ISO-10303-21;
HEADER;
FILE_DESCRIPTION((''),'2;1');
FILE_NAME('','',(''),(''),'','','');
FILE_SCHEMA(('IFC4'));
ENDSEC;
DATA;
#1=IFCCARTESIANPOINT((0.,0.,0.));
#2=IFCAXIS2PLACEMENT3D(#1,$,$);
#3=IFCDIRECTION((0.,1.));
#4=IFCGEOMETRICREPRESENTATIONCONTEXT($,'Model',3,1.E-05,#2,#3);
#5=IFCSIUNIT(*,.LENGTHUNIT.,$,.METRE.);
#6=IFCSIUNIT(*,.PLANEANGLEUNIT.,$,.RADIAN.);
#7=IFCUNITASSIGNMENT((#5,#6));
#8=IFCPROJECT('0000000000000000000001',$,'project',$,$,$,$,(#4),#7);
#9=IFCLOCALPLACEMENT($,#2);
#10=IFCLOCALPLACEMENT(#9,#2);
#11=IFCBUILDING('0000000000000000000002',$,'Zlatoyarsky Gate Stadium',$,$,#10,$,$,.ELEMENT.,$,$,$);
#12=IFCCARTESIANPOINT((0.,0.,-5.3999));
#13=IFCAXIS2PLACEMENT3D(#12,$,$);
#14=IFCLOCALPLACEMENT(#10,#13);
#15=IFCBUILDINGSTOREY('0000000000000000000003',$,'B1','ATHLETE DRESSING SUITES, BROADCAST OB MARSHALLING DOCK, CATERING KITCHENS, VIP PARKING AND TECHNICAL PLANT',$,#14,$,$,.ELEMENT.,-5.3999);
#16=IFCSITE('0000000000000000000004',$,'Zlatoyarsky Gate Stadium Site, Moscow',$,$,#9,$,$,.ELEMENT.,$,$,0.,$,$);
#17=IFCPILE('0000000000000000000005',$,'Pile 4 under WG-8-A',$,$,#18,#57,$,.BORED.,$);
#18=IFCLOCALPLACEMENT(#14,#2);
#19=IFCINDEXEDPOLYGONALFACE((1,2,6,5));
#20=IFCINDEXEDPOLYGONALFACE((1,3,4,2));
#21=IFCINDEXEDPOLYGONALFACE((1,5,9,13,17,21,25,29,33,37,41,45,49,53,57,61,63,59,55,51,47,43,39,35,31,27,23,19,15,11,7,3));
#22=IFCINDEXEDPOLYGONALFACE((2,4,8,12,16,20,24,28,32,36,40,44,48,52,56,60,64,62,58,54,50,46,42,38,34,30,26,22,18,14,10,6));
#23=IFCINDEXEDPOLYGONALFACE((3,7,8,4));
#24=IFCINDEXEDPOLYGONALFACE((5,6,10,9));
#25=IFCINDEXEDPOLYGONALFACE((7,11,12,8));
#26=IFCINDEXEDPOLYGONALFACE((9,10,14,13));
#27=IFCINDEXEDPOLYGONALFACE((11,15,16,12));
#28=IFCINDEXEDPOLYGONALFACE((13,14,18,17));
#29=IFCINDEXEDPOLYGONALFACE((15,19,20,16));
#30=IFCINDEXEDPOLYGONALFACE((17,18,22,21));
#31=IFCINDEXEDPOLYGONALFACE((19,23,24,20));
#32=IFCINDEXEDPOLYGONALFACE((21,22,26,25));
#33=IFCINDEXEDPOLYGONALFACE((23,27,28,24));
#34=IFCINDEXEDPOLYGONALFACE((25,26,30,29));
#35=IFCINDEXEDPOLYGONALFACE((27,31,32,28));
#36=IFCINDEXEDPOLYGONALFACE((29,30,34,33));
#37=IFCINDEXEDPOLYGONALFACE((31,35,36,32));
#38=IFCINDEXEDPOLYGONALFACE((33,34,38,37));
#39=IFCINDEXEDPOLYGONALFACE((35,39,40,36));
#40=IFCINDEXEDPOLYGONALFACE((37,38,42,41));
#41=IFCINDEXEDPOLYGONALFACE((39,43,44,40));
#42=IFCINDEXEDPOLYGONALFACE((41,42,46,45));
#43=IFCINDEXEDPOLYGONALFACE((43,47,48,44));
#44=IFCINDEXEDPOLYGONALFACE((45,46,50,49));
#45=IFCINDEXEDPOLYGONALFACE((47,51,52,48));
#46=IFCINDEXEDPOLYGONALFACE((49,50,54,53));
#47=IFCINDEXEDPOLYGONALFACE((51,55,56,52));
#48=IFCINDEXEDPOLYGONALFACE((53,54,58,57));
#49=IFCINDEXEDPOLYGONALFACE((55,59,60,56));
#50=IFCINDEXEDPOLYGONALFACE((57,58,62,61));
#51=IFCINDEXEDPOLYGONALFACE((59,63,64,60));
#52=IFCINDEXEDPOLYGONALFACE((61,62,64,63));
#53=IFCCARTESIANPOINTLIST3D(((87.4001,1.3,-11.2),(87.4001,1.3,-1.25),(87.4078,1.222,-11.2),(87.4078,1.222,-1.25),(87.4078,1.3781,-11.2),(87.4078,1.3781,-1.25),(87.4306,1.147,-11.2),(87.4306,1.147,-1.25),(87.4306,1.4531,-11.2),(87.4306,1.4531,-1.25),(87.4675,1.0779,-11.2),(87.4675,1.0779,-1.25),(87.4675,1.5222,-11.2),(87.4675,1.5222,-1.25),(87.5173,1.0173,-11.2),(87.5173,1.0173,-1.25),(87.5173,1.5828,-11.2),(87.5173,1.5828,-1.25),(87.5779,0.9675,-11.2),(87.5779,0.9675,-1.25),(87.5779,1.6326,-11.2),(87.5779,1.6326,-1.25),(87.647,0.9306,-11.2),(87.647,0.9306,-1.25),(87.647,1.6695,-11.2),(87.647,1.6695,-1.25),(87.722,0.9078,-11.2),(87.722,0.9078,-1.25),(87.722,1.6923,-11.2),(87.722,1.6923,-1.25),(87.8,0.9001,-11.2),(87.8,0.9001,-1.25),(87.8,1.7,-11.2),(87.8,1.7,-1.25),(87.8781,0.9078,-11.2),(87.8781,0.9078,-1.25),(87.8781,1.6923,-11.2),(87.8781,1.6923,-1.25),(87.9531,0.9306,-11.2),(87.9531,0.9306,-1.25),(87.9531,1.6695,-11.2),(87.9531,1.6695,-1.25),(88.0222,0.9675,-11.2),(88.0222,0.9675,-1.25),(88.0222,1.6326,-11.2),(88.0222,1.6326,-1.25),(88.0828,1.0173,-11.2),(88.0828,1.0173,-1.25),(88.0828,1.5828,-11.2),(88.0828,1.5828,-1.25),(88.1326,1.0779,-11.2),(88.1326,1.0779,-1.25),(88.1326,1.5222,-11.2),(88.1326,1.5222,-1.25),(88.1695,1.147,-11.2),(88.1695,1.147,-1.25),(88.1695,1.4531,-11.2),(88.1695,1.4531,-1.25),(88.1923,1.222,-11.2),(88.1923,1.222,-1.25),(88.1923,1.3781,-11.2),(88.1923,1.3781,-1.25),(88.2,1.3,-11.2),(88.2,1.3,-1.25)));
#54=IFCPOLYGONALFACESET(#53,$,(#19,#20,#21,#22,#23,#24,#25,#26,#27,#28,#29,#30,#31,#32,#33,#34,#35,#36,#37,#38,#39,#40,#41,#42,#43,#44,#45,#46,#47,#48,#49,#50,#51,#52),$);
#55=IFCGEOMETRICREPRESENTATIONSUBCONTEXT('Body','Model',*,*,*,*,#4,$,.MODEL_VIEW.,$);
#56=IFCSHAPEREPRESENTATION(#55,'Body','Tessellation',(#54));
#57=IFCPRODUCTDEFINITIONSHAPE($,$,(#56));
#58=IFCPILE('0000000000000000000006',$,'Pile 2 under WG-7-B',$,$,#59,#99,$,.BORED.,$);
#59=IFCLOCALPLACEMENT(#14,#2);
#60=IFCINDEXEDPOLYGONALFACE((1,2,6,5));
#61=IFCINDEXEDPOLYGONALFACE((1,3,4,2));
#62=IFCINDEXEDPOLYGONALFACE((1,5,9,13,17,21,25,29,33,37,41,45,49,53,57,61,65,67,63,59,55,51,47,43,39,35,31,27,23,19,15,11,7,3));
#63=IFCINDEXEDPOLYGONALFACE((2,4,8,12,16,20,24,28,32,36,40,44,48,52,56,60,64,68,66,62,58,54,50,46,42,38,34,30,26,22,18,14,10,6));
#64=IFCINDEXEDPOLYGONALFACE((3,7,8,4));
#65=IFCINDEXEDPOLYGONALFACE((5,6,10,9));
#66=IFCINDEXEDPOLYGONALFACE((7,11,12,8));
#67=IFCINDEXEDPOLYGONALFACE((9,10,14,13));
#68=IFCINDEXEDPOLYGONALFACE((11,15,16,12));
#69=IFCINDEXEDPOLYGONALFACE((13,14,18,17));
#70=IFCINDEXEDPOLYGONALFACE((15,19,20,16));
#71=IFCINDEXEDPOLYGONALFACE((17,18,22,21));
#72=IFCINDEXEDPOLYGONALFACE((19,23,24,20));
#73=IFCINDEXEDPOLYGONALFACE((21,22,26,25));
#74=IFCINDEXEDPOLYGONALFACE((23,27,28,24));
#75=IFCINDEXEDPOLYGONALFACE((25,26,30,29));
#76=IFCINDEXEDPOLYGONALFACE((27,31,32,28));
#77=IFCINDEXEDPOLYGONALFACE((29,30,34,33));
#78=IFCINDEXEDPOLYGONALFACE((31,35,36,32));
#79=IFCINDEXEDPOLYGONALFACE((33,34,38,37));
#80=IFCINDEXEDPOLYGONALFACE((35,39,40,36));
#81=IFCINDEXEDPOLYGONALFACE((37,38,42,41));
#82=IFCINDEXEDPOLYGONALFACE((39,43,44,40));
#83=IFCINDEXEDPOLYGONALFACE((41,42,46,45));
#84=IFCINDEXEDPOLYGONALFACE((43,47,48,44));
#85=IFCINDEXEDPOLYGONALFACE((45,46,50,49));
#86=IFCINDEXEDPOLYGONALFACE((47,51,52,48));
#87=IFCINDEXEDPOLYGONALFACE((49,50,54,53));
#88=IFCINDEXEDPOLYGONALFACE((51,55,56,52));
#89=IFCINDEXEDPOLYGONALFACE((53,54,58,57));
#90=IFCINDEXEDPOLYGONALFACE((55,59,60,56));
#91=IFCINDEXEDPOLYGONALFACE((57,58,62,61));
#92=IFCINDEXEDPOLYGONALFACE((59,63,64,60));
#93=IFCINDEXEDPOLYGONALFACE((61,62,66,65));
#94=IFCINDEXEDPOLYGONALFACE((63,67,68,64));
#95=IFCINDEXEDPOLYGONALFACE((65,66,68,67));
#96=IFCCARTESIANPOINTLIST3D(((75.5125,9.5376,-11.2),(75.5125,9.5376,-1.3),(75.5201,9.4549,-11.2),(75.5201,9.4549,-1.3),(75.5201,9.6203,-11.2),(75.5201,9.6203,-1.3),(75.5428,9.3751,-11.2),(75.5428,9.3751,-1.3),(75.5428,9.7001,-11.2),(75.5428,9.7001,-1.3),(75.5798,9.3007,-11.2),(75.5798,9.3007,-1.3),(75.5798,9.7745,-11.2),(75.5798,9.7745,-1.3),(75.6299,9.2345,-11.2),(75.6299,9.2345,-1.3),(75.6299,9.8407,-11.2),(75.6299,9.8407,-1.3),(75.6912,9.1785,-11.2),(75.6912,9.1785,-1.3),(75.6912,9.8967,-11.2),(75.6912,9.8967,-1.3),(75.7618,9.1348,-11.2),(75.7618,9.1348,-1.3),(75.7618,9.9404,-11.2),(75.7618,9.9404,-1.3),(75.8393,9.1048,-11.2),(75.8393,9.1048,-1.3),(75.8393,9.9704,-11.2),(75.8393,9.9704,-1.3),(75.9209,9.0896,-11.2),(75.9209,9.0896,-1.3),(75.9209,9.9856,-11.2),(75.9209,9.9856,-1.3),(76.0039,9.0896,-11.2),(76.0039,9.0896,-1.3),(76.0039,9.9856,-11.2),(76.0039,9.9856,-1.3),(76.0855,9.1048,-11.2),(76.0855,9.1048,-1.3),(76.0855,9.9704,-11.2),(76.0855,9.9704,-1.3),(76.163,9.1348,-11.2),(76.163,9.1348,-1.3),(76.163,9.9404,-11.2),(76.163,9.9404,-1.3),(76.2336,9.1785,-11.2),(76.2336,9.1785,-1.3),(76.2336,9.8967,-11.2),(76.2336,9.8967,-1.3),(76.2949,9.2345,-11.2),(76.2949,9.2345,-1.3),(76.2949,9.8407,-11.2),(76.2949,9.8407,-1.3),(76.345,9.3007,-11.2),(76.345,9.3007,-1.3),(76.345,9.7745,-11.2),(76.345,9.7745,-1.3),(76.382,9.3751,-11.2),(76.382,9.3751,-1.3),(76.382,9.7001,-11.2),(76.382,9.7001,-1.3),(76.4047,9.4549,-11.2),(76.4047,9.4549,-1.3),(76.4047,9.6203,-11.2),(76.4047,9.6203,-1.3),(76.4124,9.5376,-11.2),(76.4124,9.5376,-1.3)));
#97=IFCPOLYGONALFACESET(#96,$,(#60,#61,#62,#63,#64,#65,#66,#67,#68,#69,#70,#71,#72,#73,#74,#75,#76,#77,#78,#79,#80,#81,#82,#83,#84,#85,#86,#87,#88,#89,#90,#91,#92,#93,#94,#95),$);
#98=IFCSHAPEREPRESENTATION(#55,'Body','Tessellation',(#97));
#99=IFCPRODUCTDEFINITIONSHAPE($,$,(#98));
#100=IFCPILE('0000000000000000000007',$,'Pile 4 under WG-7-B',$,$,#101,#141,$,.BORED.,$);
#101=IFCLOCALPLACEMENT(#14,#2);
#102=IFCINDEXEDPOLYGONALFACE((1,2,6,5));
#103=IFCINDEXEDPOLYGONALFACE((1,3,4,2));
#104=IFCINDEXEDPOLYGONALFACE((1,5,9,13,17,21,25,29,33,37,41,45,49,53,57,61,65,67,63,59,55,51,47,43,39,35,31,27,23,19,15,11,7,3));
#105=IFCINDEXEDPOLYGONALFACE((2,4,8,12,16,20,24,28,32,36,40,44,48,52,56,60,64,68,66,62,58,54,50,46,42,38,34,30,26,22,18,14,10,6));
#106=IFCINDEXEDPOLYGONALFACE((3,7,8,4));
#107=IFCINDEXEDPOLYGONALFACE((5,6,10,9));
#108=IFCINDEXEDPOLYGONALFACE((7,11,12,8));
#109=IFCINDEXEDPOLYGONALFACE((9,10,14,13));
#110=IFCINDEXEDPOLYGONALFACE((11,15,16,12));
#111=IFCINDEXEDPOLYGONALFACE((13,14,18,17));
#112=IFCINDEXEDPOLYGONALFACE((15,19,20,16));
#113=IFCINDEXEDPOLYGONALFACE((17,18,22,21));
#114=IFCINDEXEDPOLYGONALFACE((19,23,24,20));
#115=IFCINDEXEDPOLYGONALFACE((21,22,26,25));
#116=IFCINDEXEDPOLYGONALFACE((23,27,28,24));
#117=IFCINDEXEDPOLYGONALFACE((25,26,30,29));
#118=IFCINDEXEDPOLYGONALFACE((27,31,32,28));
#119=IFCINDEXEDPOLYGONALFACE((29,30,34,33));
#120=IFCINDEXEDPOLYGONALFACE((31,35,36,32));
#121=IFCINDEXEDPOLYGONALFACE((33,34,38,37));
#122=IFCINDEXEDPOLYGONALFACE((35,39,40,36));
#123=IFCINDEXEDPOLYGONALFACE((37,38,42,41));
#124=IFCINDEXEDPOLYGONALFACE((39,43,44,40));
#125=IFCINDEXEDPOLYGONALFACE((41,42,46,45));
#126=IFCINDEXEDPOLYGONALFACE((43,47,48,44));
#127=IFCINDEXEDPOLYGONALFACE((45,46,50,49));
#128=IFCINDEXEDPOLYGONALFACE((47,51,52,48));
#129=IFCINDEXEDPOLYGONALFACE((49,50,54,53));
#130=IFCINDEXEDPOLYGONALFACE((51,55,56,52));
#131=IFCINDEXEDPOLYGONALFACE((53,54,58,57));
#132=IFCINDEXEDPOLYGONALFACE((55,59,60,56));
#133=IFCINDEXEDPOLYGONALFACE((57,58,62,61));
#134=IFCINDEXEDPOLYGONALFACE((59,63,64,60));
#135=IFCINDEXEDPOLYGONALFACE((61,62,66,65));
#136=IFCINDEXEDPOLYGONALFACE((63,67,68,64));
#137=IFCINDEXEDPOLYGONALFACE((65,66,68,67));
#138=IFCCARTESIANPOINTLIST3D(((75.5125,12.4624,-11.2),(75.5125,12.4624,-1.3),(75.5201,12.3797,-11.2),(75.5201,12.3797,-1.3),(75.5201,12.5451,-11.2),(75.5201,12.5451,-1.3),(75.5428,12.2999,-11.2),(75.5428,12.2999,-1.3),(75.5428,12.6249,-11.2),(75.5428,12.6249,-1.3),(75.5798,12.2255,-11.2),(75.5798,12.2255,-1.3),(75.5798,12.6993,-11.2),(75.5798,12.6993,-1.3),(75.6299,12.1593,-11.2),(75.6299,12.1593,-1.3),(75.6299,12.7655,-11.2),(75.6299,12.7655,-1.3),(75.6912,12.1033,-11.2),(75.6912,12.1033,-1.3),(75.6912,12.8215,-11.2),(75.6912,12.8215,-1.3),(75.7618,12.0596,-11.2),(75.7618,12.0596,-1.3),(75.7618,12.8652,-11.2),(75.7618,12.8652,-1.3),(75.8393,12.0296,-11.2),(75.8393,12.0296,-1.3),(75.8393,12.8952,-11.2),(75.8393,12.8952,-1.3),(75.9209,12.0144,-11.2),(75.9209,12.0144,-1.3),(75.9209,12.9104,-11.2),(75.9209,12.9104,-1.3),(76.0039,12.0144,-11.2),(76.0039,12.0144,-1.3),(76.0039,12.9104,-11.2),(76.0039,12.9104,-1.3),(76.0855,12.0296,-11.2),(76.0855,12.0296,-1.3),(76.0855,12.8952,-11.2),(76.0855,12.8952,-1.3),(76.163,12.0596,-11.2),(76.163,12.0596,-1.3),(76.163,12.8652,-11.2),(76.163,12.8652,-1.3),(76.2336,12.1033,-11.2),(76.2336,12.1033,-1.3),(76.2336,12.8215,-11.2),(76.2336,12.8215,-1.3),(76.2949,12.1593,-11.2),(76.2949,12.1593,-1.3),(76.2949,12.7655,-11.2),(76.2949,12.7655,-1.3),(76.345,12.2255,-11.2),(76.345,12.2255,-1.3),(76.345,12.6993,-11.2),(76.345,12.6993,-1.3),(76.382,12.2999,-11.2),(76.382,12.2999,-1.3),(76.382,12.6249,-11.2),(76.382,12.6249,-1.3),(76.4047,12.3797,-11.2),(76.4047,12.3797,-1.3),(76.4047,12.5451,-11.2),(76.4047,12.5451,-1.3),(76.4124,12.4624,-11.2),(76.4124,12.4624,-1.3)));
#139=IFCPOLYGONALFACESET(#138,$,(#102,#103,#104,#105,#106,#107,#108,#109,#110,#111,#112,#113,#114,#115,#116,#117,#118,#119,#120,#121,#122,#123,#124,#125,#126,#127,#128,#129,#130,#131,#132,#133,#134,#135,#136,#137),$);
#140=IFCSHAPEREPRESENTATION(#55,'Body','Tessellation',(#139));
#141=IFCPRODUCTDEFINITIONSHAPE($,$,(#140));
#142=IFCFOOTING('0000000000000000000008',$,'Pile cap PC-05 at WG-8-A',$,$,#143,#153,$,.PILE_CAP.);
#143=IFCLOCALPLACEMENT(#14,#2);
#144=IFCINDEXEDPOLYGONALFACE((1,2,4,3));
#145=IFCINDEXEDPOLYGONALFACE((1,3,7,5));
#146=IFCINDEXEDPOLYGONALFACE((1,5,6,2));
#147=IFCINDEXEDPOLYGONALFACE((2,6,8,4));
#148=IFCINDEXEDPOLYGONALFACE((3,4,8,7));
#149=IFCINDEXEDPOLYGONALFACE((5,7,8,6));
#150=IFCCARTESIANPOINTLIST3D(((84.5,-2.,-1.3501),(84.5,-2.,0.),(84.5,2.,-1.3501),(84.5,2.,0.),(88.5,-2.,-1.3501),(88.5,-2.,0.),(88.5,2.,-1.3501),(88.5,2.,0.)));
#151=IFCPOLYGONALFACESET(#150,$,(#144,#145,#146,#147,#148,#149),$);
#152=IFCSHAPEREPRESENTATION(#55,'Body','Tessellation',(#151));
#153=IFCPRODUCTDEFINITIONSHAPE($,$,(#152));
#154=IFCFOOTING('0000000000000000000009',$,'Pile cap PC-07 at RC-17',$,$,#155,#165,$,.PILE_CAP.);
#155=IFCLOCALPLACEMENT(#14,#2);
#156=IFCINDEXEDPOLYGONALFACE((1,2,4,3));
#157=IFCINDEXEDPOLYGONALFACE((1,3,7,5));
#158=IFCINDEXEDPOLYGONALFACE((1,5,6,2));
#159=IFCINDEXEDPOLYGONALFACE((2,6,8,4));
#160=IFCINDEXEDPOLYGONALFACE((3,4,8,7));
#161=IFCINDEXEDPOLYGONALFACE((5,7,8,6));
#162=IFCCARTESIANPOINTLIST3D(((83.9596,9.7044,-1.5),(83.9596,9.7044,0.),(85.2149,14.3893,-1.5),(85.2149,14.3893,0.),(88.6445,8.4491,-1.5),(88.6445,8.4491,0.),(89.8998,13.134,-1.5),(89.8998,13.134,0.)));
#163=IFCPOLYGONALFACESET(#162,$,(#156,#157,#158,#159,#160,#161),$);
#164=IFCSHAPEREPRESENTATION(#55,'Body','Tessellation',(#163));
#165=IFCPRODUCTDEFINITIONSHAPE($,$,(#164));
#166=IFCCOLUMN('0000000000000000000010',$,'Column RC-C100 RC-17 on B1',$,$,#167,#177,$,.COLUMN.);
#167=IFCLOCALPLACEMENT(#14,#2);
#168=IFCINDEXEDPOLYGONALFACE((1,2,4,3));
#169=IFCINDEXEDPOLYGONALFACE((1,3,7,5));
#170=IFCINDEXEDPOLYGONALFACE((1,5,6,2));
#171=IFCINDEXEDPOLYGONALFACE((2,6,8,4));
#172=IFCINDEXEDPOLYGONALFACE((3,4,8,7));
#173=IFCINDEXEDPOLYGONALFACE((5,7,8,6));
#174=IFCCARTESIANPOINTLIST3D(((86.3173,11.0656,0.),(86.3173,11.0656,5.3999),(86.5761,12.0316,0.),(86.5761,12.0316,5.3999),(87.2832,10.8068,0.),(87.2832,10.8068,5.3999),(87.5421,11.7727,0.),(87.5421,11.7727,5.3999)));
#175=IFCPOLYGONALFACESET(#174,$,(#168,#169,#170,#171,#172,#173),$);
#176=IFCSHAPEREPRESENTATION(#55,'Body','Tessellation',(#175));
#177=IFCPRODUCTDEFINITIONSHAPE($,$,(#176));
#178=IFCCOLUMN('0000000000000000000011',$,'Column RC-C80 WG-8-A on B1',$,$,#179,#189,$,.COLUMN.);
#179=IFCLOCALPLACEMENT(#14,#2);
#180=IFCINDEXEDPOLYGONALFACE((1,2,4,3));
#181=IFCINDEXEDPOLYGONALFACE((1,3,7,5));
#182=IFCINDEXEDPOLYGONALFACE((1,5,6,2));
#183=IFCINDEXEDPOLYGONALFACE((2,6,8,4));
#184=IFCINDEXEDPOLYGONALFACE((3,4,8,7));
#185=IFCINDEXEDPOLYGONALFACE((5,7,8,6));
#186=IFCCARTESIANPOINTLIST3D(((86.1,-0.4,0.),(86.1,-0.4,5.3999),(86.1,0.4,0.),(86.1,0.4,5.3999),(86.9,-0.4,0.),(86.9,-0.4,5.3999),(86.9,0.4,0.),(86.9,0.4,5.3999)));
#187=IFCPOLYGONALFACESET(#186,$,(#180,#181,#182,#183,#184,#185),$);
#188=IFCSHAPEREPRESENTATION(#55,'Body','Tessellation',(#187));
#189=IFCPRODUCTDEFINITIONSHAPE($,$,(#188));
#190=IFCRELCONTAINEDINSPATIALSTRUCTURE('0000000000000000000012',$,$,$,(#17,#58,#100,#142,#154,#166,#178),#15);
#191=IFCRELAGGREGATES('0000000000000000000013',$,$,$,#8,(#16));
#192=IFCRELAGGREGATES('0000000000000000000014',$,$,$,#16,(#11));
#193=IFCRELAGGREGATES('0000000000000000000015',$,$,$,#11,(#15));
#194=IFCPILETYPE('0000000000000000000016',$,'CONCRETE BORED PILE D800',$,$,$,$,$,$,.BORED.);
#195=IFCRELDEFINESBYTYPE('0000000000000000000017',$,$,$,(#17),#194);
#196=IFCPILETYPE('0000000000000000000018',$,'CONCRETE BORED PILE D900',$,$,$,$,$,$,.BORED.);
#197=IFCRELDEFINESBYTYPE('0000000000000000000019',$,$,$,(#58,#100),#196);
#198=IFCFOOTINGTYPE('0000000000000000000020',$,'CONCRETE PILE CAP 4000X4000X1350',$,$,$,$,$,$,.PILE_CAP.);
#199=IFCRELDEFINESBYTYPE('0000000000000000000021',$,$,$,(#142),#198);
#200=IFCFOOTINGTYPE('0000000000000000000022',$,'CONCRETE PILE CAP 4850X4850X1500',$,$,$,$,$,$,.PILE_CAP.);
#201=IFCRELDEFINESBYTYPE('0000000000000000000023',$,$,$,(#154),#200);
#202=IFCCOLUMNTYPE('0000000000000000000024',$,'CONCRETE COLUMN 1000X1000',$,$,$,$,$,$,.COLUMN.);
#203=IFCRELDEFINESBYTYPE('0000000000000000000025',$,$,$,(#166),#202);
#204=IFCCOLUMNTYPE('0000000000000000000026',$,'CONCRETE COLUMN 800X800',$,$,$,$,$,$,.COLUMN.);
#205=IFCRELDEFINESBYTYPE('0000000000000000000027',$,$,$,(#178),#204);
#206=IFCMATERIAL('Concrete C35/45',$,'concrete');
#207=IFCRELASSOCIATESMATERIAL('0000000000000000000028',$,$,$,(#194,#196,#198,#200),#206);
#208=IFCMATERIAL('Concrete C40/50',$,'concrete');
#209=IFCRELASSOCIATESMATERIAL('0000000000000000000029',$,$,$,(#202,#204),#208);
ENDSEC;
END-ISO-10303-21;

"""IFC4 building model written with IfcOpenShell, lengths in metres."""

from ifc_helpers import new_model, si_unit, direction, frame, origin, origin_2d, place, context, subcontext, project, spatial, rectangle, circle, extrude, material, material_profile, profile_set, type_object, element, save


model = new_model("IFC4")

# Units and contexts
model_context = context("Model", 3, precision=1e-05, world=origin(), true_north=direction((0.0, 1.0)))
body_context = subcontext(model_context, "Body", "Model", "MODEL_VIEW")
ifc_project = project(units=[si_unit("LENGTHUNIT", "METRE"), si_unit("PLANEANGLEUNIT", "RADIAN")], contexts=[model_context])

# Site, building, storey
site_placement = place(None, origin())
site = spatial("IfcSite", under=ifc_project, at=site_placement, Name="Zlatoyarsky Gate Stadium Site, Moscow", CompositionType="ELEMENT", RefElevation=0.0)
building_placement = place(site_placement, origin())
building = spatial("IfcBuilding", under=site, at=building_placement, Name="Zlatoyarsky Gate Stadium", CompositionType="ELEMENT")
storey_placement = place(building_placement, frame((0.0, 0.0, -5.3999)))
storey = spatial("IfcBuildingStorey", under=building, at=storey_placement, Name="B1", Description="ATHLETE DRESSING SUITES, BROADCAST OB MARSHALLING DOCK, CATERING KITCHENS, VIP PARKING AND TECHNICAL PLANT", CompositionType="ELEMENT", Elevation=-5.3999)

# Piles
ifc_material_1 = material(Name="Concrete C35/45", Category="concrete")
ifc_material_profile_1 = material_profile(ifc_material_1, circle(Radius=0.3999, at=origin_2d()), Name="BORED PILE D800")
ifc_profile_set_1 = profile_set([ifc_material_profile_1], Name="Concrete C35/45")
pile_type_1 = type_object("IfcPileType", Name="CONCRETE BORED PILE D800", PredefinedType="BORED", material=ifc_profile_set_1)
for number, where, z_axis, x_axis, name in (
    (1, (87.8, 1.3, -1.25), (0.0, 0.0, -1.0), (1.0, 0.0, 0.0), "Pile 4 under WG-8-A"),
):
    element("IfcPile", number, at=place(storey_placement, frame(where, z_axis=z_axis, x_axis=x_axis)), inside=storey, type_object=pile_type_1, Name=name, PredefinedType="BORED", context=body_context, shape_type="SweptSolid", body=[
        extrude(circle(Radius=0.3999, at=origin_2d()), origin(), (0.0, 0.0, 1.0), 9.95),
    ])
ifc_material_profile_2 = material_profile(ifc_material_1, circle(Radius=0.45, at=origin_2d()), Name="BORED PILE D900")
ifc_profile_set_2 = profile_set([ifc_material_profile_2], Name="Concrete C35/45")
pile_type_2 = type_object("IfcPileType", Name="CONCRETE BORED PILE D900", PredefinedType="BORED", material=ifc_profile_set_2)
for number, where, z_axis, x_axis, name in (
    (2, (75.9624, 9.5376, -1.3), (0.0, 0.0, -1.0), (1.0, 0.0, 0.0), "Pile 2 under WG-7-B"),
    (3, (75.9624, 12.4624, -1.3), (0.0, 0.0, -1.0), (1.0, 0.0, 0.0), "Pile 4 under WG-7-B"),
):
    element("IfcPile", number, at=place(storey_placement, frame(where, z_axis=z_axis, x_axis=x_axis)), inside=storey, type_object=pile_type_2, Name=name, PredefinedType="BORED", context=body_context, shape_type="SweptSolid", body=[
        extrude(circle(Radius=0.45, at=origin_2d()), origin(), (0.0, 0.0, 1.0), 9.8999),
    ])

# Footings
footing_type_1 = type_object("IfcFootingType", Name="CONCRETE PILE CAP 4000X4000X1350", PredefinedType="PILE_CAP", material=ifc_material_1)
footing_1_placement = place(storey_placement, frame((86.5, 0.0, -1.3501), z_axis=(0.0, 0.0, 1.0), x_axis=(1.0, 0.0, 0.0)))
element("IfcFooting", 4, at=footing_1_placement, inside=storey, type_object=footing_type_1, Name="Pile cap PC-05 at WG-8-A", PredefinedType="PILE_CAP", context=body_context, shape_type="SweptSolid", body=[
    extrude(rectangle(XDim=4.0, YDim=4.0, at=origin_2d()), origin(), (0.0, 0.0, 1.0), 1.3501),
])
footing_type_2 = type_object("IfcFootingType", Name="CONCRETE PILE CAP 4850X4850X1500", PredefinedType="PILE_CAP", material=ifc_material_1)
footing_2_placement = place(storey_placement, frame((86.9297, 11.4192, -1.5), z_axis=(0.0, 0.0, 1.0), x_axis=(-0.258819, -0.965926, 0.0)))
element("IfcFooting", 5, at=footing_2_placement, inside=storey, type_object=footing_type_2, Name="Pile cap PC-07 at RC-17", PredefinedType="PILE_CAP", context=body_context, shape_type="SweptSolid", body=[
    extrude(rectangle(XDim=4.8501, YDim=4.8501, at=origin_2d()), origin(), (0.0, 0.0, 1.0), 1.5),
])

# Columns
ifc_material_2 = material(Name="Concrete C40/50", Category="concrete")
ifc_material_profile_3 = material_profile(ifc_material_2, rectangle(XDim=1.0, YDim=1.0, at=origin_2d()), Name="RC COL 1000X1000")
ifc_profile_set_3 = profile_set([ifc_material_profile_3], Name="Concrete C40/50")
column_type_1 = type_object("IfcColumnType", Name="CONCRETE COLUMN 1000X1000", PredefinedType="COLUMN", material=ifc_profile_set_3)
column_1_placement = place(storey_placement, frame((86.9297, 11.4192, 0.0), z_axis=(0.0, 0.0, 1.0), x_axis=(-0.258819, -0.965926, 0.0)))
element("IfcColumn", 6, at=column_1_placement, inside=storey, type_object=column_type_1, Name="Column RC-C100 RC-17 on B1", PredefinedType="COLUMN", context=body_context, shape_type="SweptSolid", body=[
    extrude(rectangle(XDim=1.0, YDim=1.0, at=origin_2d()), origin(), (0.0, 0.0, 1.0), 5.3999),
])
ifc_material_profile_4 = material_profile(ifc_material_2, rectangle(XDim=0.8, YDim=0.8, at=origin_2d()), Name="RC COL 800X800")
ifc_profile_set_4 = profile_set([ifc_material_profile_4], Name="Concrete C40/50")
column_type_2 = type_object("IfcColumnType", Name="CONCRETE COLUMN 800X800", PredefinedType="COLUMN", material=ifc_profile_set_4)
column_2_placement = place(storey_placement, frame((86.5, 0.0, 0.0), z_axis=(0.0, 0.0, 1.0), x_axis=(1.0, 0.0, 0.0)))
element("IfcColumn", 7, at=column_2_placement, inside=storey, type_object=column_type_2, Name="Column RC-C80 WG-8-A on B1", PredefinedType="COLUMN", context=body_context, shape_type="SweptSolid", body=[
    extrude(rectangle(XDim=0.8, YDim=0.8, at=origin_2d()), origin(), (0.0, 0.0, 1.0), 5.3999),
])

save(model, "model.ifc")
